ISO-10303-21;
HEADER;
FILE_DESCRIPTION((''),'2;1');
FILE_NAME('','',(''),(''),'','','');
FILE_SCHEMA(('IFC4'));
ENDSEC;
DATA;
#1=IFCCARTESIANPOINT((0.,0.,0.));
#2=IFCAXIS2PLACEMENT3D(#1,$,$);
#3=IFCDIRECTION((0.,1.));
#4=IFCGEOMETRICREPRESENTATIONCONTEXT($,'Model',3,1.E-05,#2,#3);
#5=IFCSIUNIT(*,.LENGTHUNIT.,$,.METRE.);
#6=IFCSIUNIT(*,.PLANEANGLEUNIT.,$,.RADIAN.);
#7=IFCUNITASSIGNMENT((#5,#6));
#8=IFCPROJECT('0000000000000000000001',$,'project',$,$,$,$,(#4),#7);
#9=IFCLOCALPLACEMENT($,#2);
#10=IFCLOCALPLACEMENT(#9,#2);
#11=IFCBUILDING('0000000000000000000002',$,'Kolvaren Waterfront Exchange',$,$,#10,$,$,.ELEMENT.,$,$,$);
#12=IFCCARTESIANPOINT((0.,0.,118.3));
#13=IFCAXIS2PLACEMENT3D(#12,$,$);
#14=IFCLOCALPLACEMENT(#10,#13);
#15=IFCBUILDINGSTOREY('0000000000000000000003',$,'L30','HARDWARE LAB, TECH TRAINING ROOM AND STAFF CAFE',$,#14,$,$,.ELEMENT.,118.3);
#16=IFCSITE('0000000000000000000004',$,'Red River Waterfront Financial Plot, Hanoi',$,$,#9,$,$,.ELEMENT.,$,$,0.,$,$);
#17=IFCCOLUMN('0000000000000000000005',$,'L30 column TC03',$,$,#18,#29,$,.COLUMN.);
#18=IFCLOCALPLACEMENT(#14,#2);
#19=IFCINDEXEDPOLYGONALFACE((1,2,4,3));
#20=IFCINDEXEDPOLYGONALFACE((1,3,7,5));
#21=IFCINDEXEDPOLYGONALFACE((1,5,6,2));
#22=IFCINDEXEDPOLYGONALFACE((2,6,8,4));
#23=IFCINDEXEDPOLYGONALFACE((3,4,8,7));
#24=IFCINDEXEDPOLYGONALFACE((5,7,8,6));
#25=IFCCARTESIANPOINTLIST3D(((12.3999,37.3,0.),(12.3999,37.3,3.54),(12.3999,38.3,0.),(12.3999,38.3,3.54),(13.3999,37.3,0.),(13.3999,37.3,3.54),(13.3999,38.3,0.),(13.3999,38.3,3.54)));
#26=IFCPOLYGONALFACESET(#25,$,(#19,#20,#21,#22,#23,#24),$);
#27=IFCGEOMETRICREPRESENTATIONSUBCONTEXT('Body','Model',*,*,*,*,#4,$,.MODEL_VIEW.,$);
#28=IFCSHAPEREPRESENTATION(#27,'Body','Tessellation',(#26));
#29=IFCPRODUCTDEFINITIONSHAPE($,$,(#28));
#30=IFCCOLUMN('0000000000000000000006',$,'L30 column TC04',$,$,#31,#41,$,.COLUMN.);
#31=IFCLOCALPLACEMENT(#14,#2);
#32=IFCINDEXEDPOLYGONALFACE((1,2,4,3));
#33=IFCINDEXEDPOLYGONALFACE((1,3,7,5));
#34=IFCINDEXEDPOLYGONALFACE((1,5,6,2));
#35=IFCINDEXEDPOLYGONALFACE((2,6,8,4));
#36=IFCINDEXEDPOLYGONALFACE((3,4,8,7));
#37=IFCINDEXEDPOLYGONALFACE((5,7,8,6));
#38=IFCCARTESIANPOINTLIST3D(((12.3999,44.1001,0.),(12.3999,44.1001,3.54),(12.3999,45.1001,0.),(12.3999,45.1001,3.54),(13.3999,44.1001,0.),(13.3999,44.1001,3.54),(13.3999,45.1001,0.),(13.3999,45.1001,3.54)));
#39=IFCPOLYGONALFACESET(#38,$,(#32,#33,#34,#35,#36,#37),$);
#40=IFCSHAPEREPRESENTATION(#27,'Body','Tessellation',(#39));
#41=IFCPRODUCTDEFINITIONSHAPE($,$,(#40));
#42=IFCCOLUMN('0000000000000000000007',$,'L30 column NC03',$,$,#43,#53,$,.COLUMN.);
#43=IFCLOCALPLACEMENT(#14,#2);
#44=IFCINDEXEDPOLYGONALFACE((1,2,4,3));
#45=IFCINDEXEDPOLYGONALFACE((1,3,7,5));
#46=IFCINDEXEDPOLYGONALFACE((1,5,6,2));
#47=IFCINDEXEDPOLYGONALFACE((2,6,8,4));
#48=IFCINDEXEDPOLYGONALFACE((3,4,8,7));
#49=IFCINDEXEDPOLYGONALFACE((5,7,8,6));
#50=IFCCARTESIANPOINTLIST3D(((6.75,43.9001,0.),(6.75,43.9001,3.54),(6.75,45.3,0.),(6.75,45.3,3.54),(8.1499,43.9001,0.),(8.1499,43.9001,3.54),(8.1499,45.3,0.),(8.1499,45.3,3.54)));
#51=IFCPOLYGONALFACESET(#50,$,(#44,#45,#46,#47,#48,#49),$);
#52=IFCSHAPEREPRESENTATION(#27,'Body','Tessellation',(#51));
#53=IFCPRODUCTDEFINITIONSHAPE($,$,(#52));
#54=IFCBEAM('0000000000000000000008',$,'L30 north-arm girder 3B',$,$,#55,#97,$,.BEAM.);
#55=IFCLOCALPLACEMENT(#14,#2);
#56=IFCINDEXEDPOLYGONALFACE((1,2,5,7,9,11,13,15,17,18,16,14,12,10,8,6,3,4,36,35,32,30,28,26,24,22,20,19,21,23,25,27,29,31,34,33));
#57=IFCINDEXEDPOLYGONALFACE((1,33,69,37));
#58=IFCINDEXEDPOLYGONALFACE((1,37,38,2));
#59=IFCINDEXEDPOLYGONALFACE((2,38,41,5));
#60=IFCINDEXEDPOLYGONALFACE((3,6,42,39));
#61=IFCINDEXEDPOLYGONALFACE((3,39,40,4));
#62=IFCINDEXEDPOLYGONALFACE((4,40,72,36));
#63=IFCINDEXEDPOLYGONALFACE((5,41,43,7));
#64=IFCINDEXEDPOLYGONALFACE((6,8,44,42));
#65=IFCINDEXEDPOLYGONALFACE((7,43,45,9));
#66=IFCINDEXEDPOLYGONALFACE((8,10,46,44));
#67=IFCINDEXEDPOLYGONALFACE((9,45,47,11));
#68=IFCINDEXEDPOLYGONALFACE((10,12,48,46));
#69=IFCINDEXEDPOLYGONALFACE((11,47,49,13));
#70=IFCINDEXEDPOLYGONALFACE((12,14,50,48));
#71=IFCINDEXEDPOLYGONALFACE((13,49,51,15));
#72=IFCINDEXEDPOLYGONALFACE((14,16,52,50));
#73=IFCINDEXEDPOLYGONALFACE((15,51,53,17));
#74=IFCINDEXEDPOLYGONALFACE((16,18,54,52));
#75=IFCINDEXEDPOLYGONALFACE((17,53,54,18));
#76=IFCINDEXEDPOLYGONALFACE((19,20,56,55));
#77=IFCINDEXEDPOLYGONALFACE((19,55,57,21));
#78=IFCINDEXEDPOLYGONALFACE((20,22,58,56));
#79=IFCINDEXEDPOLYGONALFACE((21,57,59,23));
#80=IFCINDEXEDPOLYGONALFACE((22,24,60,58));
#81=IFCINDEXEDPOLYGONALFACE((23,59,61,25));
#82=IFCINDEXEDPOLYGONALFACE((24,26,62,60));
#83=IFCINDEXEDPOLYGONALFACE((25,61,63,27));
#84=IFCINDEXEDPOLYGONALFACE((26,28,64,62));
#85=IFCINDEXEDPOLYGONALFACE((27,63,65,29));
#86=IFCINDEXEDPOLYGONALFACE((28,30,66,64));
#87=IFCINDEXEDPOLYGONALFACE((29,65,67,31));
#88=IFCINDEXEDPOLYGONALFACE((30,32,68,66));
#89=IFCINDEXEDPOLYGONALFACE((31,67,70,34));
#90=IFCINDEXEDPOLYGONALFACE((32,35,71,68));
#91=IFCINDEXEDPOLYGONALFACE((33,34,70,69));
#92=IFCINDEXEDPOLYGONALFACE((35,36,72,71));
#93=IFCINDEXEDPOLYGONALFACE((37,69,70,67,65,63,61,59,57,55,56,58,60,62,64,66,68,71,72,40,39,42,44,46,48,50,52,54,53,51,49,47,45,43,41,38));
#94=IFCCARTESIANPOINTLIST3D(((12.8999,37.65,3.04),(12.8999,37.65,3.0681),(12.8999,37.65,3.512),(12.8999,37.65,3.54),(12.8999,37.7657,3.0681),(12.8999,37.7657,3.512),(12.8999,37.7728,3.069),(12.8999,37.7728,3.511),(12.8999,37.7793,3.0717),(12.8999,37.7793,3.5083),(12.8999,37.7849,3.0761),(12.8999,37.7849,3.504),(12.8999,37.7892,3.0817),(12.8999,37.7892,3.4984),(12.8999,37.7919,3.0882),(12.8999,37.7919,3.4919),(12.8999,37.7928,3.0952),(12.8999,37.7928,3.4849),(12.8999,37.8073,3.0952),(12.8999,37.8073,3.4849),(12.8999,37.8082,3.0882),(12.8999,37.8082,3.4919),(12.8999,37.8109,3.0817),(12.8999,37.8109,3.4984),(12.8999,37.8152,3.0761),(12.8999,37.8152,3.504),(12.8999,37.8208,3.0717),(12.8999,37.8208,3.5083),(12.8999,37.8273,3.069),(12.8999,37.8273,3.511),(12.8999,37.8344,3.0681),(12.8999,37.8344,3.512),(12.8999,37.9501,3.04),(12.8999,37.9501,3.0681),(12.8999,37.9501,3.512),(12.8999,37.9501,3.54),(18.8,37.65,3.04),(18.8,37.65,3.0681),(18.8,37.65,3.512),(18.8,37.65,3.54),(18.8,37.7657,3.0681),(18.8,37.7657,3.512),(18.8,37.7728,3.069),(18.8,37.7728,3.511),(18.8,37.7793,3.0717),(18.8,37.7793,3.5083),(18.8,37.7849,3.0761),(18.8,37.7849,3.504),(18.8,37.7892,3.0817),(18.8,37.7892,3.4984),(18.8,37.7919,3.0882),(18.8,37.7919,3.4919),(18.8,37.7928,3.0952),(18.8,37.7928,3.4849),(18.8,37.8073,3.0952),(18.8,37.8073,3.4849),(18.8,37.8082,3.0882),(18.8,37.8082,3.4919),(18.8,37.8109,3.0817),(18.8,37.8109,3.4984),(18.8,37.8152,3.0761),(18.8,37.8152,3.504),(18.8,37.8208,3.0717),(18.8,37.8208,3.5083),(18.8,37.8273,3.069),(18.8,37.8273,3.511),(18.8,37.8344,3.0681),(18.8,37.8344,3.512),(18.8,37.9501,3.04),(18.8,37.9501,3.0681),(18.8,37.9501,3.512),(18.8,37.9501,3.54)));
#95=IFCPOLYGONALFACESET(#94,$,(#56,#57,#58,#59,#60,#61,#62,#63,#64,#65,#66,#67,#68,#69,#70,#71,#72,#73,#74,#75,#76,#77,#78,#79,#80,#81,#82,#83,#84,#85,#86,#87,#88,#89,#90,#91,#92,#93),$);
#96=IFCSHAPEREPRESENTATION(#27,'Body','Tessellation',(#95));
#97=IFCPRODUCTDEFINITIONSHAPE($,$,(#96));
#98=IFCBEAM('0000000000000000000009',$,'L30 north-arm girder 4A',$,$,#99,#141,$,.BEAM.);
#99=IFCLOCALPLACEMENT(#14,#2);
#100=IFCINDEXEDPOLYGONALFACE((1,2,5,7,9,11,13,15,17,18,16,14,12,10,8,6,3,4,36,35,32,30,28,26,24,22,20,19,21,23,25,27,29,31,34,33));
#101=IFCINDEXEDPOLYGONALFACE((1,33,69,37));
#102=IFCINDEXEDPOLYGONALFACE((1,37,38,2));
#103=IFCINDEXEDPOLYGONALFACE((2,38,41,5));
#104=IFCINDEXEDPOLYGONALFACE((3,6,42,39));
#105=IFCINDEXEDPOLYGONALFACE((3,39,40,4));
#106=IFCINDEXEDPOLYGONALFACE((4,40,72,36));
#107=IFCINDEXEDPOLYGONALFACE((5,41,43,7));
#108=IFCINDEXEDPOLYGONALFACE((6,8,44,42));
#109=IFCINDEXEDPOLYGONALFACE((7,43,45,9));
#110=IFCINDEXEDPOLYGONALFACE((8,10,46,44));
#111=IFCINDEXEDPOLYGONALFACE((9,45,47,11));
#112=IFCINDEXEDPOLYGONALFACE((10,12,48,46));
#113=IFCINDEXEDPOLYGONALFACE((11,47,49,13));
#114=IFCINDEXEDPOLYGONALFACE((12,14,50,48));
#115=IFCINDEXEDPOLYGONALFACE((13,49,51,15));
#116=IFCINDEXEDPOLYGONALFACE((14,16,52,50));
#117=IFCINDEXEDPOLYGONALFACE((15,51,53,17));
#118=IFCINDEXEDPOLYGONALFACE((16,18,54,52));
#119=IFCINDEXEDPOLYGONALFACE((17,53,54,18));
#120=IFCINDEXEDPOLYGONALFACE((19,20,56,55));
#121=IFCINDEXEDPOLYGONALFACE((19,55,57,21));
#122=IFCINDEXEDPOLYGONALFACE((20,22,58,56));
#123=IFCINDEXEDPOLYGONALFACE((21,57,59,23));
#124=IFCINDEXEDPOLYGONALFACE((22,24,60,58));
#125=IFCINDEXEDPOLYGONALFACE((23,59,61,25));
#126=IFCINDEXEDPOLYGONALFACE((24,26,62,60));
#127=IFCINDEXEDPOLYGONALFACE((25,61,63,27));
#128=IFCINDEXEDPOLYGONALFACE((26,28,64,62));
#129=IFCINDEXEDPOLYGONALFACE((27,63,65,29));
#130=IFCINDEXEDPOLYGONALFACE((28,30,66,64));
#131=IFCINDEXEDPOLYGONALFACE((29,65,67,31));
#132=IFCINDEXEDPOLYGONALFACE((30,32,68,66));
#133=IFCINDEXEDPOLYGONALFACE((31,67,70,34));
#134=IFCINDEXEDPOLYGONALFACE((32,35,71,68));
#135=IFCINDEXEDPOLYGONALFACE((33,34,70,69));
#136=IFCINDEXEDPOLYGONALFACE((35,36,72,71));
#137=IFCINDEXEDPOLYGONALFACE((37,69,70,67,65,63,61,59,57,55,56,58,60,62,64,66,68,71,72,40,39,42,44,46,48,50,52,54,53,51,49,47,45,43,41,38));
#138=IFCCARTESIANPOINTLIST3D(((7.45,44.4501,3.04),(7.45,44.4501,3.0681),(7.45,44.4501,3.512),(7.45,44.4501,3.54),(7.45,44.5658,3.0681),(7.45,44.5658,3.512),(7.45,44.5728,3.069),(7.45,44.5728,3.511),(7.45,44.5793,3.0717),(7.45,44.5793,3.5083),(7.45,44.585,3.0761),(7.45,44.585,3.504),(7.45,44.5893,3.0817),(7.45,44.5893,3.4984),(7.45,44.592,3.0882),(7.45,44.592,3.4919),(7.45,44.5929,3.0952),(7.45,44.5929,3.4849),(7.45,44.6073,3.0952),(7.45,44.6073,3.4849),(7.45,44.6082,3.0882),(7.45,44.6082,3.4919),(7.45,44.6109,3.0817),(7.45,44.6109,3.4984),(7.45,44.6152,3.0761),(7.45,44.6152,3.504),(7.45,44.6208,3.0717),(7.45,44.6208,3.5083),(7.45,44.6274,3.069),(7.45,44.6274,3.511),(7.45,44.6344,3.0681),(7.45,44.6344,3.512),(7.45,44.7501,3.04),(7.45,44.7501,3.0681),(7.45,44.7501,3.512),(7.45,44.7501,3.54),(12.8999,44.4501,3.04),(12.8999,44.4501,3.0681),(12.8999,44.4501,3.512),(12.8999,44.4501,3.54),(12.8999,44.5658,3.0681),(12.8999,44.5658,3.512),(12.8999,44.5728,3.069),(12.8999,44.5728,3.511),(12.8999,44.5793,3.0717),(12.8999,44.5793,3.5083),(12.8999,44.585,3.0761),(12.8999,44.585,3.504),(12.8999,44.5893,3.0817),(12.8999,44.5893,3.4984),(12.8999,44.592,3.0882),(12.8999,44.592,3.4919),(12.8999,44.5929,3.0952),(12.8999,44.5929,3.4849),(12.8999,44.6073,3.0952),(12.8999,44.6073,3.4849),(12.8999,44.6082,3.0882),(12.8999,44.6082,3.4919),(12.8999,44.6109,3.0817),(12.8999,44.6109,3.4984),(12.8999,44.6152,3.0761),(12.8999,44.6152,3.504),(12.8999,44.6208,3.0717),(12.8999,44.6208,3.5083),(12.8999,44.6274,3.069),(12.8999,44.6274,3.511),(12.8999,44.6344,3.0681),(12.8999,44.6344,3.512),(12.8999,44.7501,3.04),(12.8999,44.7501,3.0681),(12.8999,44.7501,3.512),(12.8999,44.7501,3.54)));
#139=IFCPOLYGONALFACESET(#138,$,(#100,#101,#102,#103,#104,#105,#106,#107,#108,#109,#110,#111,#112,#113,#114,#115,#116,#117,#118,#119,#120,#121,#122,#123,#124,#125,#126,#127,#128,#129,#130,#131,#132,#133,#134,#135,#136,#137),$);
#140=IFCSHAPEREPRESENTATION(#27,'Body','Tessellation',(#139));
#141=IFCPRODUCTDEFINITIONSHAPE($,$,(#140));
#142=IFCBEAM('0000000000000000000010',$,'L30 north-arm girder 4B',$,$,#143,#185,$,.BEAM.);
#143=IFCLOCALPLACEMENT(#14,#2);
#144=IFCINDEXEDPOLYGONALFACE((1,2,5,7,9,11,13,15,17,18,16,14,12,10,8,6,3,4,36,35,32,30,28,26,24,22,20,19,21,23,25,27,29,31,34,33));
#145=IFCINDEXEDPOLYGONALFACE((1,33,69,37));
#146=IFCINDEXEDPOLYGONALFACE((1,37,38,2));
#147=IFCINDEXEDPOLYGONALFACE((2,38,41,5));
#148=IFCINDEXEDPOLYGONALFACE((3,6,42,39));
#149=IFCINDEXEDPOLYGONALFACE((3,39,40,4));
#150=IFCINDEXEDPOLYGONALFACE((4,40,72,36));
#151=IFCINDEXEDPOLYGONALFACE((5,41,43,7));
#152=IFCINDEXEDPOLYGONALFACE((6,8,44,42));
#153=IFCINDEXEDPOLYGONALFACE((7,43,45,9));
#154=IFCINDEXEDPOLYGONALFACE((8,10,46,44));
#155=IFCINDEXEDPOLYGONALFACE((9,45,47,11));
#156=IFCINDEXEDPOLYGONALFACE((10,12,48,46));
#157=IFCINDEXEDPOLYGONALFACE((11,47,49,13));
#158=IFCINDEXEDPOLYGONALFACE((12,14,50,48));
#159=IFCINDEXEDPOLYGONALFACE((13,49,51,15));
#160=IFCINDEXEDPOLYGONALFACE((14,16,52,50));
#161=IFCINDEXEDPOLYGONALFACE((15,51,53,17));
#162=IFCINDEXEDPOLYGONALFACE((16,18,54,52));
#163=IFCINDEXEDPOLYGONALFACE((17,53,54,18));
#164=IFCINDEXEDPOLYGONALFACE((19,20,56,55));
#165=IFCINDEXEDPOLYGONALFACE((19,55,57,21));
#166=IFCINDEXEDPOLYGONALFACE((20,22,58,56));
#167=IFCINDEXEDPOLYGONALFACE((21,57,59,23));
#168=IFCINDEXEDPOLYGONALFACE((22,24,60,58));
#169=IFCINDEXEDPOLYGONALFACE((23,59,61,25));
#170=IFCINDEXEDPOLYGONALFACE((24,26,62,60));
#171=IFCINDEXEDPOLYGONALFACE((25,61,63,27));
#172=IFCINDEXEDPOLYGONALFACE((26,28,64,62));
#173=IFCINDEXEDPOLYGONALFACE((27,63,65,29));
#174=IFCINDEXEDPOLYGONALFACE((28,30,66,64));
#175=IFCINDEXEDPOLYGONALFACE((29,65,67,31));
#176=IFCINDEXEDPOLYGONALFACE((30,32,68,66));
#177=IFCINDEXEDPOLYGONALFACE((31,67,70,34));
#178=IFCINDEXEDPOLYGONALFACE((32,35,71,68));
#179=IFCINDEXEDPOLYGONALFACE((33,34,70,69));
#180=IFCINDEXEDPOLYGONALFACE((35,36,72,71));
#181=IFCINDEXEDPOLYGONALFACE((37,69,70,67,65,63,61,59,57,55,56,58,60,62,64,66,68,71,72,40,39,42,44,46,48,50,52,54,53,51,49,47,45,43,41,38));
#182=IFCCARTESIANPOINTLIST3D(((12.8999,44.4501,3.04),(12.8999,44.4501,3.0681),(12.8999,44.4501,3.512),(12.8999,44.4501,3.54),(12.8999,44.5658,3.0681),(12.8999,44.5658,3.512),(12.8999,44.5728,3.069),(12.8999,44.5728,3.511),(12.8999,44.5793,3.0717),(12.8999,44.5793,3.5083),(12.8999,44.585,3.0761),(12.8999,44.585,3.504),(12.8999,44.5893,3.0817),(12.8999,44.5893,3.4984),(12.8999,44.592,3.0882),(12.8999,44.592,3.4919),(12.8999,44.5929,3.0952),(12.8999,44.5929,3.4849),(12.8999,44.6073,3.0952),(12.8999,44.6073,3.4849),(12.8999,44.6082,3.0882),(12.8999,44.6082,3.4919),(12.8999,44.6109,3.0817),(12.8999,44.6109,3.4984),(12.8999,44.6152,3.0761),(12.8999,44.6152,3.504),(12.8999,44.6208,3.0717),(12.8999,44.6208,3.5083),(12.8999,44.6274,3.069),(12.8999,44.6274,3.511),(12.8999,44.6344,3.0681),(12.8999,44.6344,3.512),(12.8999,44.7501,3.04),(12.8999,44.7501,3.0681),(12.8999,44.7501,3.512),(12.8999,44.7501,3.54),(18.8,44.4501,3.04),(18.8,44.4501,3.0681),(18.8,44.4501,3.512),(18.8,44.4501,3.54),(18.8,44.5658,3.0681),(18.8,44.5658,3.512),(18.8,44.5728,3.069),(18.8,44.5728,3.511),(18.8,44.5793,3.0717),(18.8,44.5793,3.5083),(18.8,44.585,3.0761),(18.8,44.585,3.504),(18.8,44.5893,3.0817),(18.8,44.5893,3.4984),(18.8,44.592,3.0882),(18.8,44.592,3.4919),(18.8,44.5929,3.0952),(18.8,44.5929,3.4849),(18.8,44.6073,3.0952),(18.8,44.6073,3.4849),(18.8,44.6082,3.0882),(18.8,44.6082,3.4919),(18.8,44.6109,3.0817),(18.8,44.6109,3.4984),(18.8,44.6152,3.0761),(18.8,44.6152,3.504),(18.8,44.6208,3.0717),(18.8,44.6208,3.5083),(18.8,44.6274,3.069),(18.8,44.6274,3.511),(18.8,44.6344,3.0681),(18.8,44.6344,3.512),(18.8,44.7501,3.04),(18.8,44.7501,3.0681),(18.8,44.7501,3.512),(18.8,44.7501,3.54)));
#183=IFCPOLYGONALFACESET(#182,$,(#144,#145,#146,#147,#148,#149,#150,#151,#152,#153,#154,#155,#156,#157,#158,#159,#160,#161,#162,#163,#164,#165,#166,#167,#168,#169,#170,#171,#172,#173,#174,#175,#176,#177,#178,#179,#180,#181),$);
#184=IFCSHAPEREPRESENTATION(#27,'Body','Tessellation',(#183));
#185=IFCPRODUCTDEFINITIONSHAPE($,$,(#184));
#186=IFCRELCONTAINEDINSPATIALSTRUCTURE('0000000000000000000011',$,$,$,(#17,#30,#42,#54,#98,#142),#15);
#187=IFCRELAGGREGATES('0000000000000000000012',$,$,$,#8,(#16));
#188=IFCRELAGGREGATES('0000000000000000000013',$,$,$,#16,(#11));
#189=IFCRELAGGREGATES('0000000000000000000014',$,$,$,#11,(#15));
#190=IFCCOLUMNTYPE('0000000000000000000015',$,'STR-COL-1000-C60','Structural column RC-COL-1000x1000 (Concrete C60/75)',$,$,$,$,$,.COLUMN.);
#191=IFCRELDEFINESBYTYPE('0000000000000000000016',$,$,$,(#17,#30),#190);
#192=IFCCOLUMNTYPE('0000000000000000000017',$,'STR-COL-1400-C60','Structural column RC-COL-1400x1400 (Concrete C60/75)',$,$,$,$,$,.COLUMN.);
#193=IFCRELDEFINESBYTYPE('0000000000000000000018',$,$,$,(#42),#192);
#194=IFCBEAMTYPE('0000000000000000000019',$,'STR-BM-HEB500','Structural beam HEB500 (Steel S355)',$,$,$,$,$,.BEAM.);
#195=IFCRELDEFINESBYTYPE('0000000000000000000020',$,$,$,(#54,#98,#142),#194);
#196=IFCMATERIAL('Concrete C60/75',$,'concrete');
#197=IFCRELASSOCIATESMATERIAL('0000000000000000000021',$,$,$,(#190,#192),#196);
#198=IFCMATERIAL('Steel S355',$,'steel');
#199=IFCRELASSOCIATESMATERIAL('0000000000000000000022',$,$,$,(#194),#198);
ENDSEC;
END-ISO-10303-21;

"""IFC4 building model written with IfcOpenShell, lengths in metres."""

from ifc_helpers import new_model, si_unit, direction, frame, origin, origin_2d, place, context, subcontext, project, spatial, rectangle, i_section, extrude, material, material_profile, profile_set, type_object, element, save


model = new_model("IFC4")

# Units and contexts
model_context = context("Model", 3, precision=1e-05, world=origin(), true_north=direction((0.0, 1.0)))
body_context = subcontext(model_context, "Body", "Model", "MODEL_VIEW")
ifc_project = project(units=[si_unit("LENGTHUNIT", "METRE"), si_unit("PLANEANGLEUNIT", "RADIAN")], contexts=[model_context])

# Site, building, storey
site_placement = place(None, origin())
site = spatial("IfcSite", under=ifc_project, at=site_placement, Name="Red River Waterfront Financial Plot, Hanoi", CompositionType="ELEMENT", RefElevation=0.0)
building_placement = place(site_placement, origin())
building = spatial("IfcBuilding", under=site, at=building_placement, Name="Kolvaren Waterfront Exchange", CompositionType="ELEMENT")
storey_placement = place(building_placement, frame((0.0, 0.0, 118.3)))
storey = spatial("IfcBuildingStorey", under=building, at=storey_placement, Name="L30", Description="HARDWARE LAB, TECH TRAINING ROOM AND STAFF CAFE", CompositionType="ELEMENT", Elevation=118.3)

# Columns
ifc_material_1 = material(Name="Concrete C60/75", Category="concrete")
ifc_material_profile_1 = material_profile(ifc_material_1, rectangle(XDim=1.0, YDim=1.0, at=origin_2d()), Name="RC-COL-1000x1000")
ifc_profile_set_1 = profile_set([ifc_material_profile_1], Name="Concrete C60/75")
column_type_1 = type_object("IfcColumnType", Name="STR-COL-1000-C60", Description="Structural column RC-COL-1000x1000 (Concrete C60/75)", PredefinedType="COLUMN", material=ifc_profile_set_1)
for number, where, z_axis, x_axis, name in (
    (1, (12.8999, 37.8, 0.0), (0.0, 0.0, 1.0), (1.0, 0.0, 0.0), "L30 column TC03"),
    (2, (12.8999, 44.6001, 0.0), (0.0, 0.0, 1.0), (1.0, 0.0, 0.0), "L30 column TC04"),
):
    element("IfcColumn", number, at=place(storey_placement, frame(where, z_axis=z_axis, x_axis=x_axis)), inside=storey, type_object=column_type_1, Name=name, PredefinedType="COLUMN", context=body_context, shape_type="SweptSolid", body=[
        extrude(rectangle(XDim=1.0, YDim=1.0, at=origin_2d()), origin(), (0.0, 0.0, 1.0), 3.54),
    ])
ifc_material_profile_2 = material_profile(ifc_material_1, rectangle(XDim=1.3999, YDim=1.3999, at=origin_2d()), Name="RC-COL-1400x1400")
ifc_profile_set_2 = profile_set([ifc_material_profile_2], Name="Concrete C60/75")
column_type_2 = type_object("IfcColumnType", Name="STR-COL-1400-C60", Description="Structural column RC-COL-1400x1400 (Concrete C60/75)", PredefinedType="COLUMN", material=ifc_profile_set_2)
column_placement = place(storey_placement, frame((7.45, 44.6001, 0.0), z_axis=(0.0, 0.0, 1.0), x_axis=(1.0, 0.0, 0.0)))
element("IfcColumn", 3, at=column_placement, inside=storey, type_object=column_type_2, Name="L30 column NC03", PredefinedType="COLUMN", context=body_context, shape_type="SweptSolid", body=[
    extrude(rectangle(XDim=1.3999, YDim=1.3999, at=origin_2d()), origin(), (0.0, 0.0, 1.0), 3.54),
])

# Beams
ifc_material_2 = material(Name="Steel S355", Category="steel")
ifc_material_profile_3 = material_profile(ifc_material_2, i_section(OverallWidth=0.3, OverallDepth=0.5, WebThickness=0.0144, FlangeThickness=0.0281, FilletRadius=0.0271, at=origin_2d()), Name="HEB500")
ifc_profile_set_3 = profile_set([ifc_material_profile_3], Name="Steel S355")
beam_type_1 = type_object("IfcBeamType", Name="STR-BM-HEB500", Description="Structural beam HEB500 (Steel S355)", PredefinedType="BEAM", material=ifc_profile_set_3)
beam_1_placement = place(storey_placement, frame((12.8999, 37.8, 3.29), z_axis=(1.0, 0.0, 0.0), x_axis=(0.0, 1.0, 0.0)))
element("IfcBeam", 4, at=beam_1_placement, inside=storey, type_object=beam_type_1, Name="L30 north-arm girder 3B", PredefinedType="BEAM", context=body_context, shape_type="SweptSolid", body=[
    extrude(i_section(OverallWidth=0.3, OverallDepth=0.5, WebThickness=0.0144, FlangeThickness=0.0281, FilletRadius=0.0271, at=origin_2d()), origin(), (0.0, 0.0, 1.0), 5.9001),
])
beam_2_placement = place(storey_placement, frame((7.45, 44.6001, 3.29), z_axis=(1.0, 0.0, 0.0), x_axis=(0.0, 1.0, 0.0)))
element("IfcBeam", 5, at=beam_2_placement, inside=storey, type_object=beam_type_1, Name="L30 north-arm girder 4A", PredefinedType="BEAM", context=body_context, shape_type="SweptSolid", body=[
    extrude(i_section(OverallWidth=0.3, OverallDepth=0.5, WebThickness=0.0144, FlangeThickness=0.0281, FilletRadius=0.0271, at=origin_2d()), origin(), (0.0, 0.0, 1.0), 5.45),
])
beam_3_placement = place(storey_placement, frame((12.8999, 44.6001, 3.29), z_axis=(1.0, 0.0, 0.0), x_axis=(0.0, 1.0, 0.0)))
element("IfcBeam", 6, at=beam_3_placement, inside=storey, type_object=beam_type_1, Name="L30 north-arm girder 4B", PredefinedType="BEAM", context=body_context, shape_type="SweptSolid", body=[
    extrude(i_section(OverallWidth=0.3, OverallDepth=0.5, WebThickness=0.0144, FlangeThickness=0.0281, FilletRadius=0.0271, at=origin_2d()), origin(), (0.0, 0.0, 1.0), 5.9001),
])

save(model, "model.ifc")
